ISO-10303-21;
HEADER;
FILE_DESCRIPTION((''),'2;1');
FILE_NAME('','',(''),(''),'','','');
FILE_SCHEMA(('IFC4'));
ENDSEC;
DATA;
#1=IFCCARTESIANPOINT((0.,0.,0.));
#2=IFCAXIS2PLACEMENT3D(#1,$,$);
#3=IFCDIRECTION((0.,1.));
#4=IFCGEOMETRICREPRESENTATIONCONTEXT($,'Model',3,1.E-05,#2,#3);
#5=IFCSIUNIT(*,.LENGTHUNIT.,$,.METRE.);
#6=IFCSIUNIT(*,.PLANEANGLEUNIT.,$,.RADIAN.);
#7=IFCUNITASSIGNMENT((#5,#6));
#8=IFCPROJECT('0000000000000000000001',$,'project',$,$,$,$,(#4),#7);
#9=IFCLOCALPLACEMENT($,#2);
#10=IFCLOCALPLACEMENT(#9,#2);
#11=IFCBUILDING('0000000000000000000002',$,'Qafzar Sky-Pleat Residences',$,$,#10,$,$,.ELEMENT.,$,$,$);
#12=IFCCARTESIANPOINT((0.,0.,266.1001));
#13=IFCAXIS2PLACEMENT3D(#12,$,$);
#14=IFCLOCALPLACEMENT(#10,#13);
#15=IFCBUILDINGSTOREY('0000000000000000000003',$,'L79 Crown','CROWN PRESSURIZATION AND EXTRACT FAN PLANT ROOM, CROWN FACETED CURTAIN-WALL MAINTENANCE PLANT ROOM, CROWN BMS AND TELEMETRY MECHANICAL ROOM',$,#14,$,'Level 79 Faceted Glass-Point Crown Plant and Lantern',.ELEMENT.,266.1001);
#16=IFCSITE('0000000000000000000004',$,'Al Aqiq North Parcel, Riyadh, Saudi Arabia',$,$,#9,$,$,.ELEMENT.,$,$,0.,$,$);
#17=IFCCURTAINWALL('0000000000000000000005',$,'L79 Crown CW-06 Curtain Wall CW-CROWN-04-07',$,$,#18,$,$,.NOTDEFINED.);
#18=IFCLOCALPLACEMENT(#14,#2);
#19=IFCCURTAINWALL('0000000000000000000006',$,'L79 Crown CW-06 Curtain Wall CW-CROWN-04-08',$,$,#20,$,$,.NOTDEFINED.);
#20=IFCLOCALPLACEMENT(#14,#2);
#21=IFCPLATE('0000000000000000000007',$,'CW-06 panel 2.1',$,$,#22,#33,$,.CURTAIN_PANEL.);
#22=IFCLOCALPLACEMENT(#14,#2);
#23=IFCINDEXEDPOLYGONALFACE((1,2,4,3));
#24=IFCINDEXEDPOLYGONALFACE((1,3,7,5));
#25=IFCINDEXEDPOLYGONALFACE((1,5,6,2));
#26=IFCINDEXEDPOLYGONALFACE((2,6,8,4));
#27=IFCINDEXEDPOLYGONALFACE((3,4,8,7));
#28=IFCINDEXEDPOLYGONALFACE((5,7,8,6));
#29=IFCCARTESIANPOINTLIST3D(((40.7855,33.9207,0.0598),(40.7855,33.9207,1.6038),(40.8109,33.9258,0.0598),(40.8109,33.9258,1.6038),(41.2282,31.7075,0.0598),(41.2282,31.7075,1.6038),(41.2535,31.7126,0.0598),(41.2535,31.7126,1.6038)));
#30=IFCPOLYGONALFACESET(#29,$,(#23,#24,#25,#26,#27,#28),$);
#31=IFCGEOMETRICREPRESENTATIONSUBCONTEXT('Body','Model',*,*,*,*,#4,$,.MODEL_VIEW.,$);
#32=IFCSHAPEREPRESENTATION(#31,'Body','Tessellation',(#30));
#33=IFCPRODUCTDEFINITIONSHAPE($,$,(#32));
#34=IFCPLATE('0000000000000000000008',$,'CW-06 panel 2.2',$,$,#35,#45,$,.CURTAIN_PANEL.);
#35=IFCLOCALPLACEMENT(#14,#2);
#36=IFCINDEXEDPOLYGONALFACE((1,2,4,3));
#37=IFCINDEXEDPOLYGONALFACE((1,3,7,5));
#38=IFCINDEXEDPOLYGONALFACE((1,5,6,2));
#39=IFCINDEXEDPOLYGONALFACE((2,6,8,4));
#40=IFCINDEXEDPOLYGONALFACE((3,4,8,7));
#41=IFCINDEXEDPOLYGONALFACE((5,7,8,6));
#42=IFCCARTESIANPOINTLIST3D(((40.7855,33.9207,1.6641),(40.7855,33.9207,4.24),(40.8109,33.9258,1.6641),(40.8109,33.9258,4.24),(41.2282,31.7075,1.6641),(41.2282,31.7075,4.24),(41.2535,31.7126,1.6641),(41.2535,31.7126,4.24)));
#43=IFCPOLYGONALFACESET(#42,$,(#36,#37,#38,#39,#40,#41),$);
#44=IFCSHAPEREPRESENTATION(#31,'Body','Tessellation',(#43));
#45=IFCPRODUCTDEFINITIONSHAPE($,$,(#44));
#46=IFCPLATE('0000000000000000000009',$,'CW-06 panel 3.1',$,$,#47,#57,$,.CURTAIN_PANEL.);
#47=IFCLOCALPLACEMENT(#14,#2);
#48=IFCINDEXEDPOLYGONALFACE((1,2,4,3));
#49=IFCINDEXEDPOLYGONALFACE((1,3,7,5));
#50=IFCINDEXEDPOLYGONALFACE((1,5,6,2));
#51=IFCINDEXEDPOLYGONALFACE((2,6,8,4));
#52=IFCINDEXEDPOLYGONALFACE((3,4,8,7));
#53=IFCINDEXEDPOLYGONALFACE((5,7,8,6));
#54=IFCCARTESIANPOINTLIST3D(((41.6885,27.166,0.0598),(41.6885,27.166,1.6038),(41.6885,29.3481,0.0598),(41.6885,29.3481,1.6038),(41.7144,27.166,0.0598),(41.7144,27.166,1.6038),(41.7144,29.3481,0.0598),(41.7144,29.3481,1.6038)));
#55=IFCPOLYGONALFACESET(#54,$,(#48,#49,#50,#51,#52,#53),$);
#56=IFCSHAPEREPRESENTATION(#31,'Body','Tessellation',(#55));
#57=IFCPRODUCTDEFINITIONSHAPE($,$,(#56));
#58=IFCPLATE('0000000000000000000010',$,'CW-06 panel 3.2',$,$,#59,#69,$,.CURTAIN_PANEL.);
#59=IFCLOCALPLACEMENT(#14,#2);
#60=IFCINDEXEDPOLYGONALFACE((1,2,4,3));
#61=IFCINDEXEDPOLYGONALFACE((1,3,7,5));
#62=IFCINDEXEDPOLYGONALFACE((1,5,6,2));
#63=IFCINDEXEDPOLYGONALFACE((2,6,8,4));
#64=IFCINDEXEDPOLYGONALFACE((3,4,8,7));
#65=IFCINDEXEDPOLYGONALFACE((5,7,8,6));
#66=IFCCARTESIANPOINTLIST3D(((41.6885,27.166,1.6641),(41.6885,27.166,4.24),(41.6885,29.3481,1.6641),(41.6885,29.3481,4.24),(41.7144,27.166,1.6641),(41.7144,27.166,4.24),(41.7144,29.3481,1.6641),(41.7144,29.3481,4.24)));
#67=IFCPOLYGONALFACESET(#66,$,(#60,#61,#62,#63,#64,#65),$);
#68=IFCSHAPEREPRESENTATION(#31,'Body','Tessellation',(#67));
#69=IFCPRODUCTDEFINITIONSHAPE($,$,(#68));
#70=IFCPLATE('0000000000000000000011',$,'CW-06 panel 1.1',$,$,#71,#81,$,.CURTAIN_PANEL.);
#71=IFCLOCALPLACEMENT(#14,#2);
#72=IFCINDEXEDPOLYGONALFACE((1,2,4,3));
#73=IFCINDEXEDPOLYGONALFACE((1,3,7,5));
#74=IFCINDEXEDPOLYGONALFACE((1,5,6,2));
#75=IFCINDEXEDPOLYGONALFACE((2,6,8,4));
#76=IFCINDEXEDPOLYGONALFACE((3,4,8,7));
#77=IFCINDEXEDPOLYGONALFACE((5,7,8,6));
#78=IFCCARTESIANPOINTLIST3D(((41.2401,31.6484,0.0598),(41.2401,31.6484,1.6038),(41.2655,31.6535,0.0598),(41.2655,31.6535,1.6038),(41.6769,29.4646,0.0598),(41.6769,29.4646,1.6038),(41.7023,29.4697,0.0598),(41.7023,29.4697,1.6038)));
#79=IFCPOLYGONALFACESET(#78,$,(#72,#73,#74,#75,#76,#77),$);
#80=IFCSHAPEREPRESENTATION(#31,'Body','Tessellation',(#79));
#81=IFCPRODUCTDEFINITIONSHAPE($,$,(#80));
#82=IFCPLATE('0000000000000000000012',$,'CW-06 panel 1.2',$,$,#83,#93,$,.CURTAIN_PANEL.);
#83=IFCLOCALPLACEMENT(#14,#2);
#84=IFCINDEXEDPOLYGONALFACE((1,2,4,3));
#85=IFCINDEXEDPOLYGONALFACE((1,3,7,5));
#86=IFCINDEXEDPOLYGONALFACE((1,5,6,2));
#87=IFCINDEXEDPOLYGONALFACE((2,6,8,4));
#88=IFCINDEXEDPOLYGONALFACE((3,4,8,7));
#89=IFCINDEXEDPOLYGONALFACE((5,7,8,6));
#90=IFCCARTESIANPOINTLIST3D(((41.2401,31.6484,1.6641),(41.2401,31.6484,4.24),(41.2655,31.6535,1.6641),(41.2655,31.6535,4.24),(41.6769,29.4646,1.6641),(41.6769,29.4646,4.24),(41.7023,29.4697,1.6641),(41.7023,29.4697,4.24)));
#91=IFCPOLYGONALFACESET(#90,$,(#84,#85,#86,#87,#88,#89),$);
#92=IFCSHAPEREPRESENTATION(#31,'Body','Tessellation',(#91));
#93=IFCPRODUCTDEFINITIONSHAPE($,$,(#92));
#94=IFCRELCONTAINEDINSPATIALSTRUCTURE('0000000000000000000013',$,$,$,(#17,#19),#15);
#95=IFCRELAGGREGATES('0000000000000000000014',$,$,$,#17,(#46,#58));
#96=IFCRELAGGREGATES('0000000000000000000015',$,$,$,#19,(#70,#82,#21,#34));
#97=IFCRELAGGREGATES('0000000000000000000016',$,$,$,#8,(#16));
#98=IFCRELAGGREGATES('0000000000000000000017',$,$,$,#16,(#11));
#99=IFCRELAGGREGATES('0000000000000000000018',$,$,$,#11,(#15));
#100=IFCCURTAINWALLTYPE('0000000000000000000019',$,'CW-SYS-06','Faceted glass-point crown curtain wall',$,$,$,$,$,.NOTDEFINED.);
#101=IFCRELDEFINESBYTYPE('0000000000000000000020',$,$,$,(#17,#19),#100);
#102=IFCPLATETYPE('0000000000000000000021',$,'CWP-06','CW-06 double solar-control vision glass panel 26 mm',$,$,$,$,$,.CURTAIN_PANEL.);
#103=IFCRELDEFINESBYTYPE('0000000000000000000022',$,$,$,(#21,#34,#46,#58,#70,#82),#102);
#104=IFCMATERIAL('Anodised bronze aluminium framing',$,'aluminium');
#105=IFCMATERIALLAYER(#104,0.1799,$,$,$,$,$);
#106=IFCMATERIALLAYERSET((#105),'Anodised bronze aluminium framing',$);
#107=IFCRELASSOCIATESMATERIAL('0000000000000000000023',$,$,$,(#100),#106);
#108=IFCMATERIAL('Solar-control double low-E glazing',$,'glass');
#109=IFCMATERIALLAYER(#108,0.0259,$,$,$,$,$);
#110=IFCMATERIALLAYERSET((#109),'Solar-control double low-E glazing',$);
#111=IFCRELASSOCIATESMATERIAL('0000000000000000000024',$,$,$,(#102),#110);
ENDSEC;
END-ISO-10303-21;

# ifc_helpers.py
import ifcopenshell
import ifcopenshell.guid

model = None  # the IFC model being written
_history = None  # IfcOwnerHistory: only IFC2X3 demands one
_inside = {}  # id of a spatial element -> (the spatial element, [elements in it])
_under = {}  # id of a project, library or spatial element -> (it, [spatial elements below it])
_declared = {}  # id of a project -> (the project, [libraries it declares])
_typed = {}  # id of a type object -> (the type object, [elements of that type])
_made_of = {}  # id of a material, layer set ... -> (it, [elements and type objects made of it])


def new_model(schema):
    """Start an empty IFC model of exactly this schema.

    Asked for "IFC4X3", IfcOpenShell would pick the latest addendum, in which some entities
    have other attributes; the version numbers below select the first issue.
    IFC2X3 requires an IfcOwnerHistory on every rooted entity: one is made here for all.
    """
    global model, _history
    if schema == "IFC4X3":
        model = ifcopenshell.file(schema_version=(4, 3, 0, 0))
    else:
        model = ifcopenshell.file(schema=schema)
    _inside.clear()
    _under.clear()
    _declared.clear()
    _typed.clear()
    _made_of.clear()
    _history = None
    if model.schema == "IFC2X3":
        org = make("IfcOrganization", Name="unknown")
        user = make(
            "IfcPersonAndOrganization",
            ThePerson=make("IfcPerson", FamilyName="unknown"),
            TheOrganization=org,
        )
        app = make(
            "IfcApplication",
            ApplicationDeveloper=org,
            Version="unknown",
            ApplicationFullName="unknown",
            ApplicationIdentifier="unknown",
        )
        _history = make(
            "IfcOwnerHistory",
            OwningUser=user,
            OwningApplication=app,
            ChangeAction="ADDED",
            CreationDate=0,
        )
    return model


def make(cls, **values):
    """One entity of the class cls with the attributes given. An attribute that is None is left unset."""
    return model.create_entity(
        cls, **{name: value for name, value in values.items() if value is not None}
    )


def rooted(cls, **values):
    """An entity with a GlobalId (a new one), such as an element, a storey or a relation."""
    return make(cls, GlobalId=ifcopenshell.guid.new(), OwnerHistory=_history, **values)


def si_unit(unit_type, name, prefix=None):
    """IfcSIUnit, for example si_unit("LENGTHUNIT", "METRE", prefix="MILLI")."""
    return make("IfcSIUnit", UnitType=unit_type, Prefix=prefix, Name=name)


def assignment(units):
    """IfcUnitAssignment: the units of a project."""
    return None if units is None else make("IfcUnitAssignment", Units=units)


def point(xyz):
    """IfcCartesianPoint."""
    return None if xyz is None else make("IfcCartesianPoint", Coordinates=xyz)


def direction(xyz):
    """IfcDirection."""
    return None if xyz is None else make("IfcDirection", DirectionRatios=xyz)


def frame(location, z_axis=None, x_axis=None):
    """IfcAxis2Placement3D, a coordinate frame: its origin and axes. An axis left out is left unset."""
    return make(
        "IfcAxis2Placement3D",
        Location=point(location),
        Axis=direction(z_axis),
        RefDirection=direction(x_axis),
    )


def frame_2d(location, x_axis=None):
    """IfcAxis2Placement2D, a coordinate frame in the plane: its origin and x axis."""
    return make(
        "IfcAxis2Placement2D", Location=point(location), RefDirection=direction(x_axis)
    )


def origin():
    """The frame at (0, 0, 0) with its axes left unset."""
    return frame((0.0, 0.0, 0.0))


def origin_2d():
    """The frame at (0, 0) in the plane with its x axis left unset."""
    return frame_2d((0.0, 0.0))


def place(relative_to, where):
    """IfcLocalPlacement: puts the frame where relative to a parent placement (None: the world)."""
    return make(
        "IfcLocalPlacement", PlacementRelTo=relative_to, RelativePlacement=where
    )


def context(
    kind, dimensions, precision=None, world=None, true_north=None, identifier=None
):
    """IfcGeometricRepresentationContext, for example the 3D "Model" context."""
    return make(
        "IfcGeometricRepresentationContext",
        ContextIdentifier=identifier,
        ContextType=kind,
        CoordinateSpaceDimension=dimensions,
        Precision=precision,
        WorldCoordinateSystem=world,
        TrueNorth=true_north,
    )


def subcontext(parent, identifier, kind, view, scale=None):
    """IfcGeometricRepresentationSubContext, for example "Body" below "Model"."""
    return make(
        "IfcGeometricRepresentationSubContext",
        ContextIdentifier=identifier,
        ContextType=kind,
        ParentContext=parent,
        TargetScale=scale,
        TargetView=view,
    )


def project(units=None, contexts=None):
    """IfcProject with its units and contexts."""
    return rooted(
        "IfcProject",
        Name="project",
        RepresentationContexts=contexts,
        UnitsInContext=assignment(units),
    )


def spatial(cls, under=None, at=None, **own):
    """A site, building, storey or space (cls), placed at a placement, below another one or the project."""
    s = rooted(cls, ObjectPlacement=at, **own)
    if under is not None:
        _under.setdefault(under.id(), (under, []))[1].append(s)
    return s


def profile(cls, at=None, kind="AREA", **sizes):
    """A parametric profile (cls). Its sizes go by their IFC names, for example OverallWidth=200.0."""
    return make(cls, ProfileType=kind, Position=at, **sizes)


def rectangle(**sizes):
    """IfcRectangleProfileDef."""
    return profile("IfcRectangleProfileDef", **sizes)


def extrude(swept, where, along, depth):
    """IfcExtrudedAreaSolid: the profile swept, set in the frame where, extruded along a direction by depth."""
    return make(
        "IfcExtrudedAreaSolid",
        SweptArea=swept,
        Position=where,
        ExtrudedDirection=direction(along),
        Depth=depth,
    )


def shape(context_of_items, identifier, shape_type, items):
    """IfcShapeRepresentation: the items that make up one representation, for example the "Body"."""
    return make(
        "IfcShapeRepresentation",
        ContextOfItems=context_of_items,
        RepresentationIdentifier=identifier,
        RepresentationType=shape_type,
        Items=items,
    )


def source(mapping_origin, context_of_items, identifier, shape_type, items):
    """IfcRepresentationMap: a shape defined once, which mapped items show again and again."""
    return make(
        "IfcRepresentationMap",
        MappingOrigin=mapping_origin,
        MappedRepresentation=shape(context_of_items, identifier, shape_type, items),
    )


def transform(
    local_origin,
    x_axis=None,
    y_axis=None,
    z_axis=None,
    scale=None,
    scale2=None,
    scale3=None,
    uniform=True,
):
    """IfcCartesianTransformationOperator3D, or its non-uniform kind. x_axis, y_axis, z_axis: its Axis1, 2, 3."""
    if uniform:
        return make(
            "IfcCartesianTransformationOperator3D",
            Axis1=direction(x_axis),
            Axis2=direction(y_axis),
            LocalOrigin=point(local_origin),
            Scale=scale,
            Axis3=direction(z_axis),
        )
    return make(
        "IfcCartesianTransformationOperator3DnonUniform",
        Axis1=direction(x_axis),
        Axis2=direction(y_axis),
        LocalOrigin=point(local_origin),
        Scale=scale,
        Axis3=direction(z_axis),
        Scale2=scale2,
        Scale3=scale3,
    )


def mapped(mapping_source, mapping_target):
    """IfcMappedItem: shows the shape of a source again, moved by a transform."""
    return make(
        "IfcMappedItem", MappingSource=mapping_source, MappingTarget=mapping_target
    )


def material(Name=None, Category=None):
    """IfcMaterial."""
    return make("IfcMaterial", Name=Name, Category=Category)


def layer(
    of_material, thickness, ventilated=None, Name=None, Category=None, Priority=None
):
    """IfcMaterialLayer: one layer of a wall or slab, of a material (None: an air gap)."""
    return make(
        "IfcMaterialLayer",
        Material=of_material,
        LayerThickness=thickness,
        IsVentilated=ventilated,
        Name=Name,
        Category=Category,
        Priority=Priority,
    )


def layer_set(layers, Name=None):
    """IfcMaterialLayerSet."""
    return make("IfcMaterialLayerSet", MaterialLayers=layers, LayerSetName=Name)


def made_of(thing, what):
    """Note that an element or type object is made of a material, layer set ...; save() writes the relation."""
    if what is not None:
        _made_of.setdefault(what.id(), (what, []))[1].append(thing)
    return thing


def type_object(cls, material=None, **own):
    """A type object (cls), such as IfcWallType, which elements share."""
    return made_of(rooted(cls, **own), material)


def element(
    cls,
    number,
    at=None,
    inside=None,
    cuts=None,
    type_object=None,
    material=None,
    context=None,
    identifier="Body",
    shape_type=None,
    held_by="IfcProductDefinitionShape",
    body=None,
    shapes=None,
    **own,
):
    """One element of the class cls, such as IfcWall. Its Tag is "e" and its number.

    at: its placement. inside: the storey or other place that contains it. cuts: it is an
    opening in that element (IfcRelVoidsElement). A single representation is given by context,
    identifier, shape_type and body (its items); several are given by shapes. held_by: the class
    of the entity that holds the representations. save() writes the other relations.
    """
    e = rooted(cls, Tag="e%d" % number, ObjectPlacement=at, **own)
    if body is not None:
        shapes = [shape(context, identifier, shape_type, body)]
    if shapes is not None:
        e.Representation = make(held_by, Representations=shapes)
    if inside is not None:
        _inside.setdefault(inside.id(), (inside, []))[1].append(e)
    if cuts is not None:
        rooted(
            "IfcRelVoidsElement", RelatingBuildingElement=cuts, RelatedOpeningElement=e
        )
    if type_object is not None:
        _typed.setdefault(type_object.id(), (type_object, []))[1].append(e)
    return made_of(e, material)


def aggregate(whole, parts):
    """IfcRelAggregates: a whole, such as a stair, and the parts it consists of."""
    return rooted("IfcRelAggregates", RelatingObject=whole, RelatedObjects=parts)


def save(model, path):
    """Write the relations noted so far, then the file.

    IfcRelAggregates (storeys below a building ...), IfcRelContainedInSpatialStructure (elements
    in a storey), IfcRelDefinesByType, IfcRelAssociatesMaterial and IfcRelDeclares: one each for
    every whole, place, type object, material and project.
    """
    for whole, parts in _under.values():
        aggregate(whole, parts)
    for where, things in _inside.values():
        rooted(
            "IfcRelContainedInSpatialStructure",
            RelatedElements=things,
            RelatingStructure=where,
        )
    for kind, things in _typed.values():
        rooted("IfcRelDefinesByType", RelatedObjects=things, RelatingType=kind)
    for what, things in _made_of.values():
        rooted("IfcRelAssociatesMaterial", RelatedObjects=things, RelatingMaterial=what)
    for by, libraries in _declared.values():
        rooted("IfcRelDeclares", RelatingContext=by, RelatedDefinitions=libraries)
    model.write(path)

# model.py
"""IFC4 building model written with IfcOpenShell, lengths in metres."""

from ifc_helpers import new_model, si_unit, direction, frame, origin, origin_2d, place, context, subcontext, project, spatial, rectangle, extrude, source, transform, mapped, material, layer, layer_set, type_object, element, aggregate, save


model = new_model("IFC4")

# Units and contexts
model_context = context("Model", 3, precision=1e-05, world=origin(), true_north=direction((0.0, 1.0)))
body_context = subcontext(model_context, "Body", "Model", "MODEL_VIEW")
ifc_project = project(units=[si_unit("LENGTHUNIT", "METRE"), si_unit("PLANEANGLEUNIT", "RADIAN")], contexts=[model_context])

# Site, building, storey
site_placement = place(None, origin())
site = spatial("IfcSite", under=ifc_project, at=site_placement, Name="Al Aqiq North Parcel, Riyadh, Saudi Arabia", CompositionType="ELEMENT", RefElevation=0.0)
building_placement = place(site_placement, origin())
building = spatial("IfcBuilding", under=site, at=building_placement, Name="Qafzar Sky-Pleat Residences", CompositionType="ELEMENT")
storey_placement = place(building_placement, frame((0.0, 0.0, 266.1001)))
storey = spatial("IfcBuildingStorey", under=building, at=storey_placement, Name="L79 Crown", Description="CROWN PRESSURIZATION AND EXTRACT FAN PLANT ROOM, CROWN FACETED CURTAIN-WALL MAINTENANCE PLANT ROOM, CROWN BMS AND TELEMETRY MECHANICAL ROOM", LongName="Level 79 Faceted Glass-Point Crown Plant and Lantern", CompositionType="ELEMENT", Elevation=266.1001)

# Curtain walls
ifc_material_1 = material(Name="Anodised bronze aluminium framing", Category="aluminium")
ifc_layer_1 = layer(ifc_material_1, 0.1799)
ifc_layer_set_1 = layer_set([ifc_layer_1], Name="Anodised bronze aluminium framing")
curtain_wall_type = type_object("IfcCurtainWallType", Name="CW-SYS-06", Description="Faceted glass-point crown curtain wall", PredefinedType="NOTDEFINED", material=ifc_layer_set_1)
curtain_wall_1_placement = place(storey_placement, origin())
curtain_wall_1 = element("IfcCurtainWall", 1, at=curtain_wall_1_placement, inside=storey, type_object=curtain_wall_type, Name="L79 Crown CW-06 Curtain Wall CW-CROWN-04-07", PredefinedType="NOTDEFINED")
curtain_wall_2_placement = place(storey_placement, origin())
curtain_wall_2 = element("IfcCurtainWall", 2, at=curtain_wall_2_placement, inside=storey, type_object=curtain_wall_type, Name="L79 Crown CW-06 Curtain Wall CW-CROWN-04-08", PredefinedType="NOTDEFINED")

# Plates
ifc_material_2 = material(Name="Solar-control double low-E glazing", Category="glass")
ifc_layer_2 = layer(ifc_material_2, 0.0259)
ifc_layer_set_2 = layer_set([ifc_layer_2], Name="Solar-control double low-E glazing")
plate_type = type_object("IfcPlateType", Name="CWP-06", Description="CW-06 double solar-control vision glass panel 26 mm", PredefinedType="CURTAIN_PANEL", material=ifc_layer_set_2)
shared_shape_1 = source(origin(), body_context, "Body", "SweptSolid", [
    extrude(rectangle(XDim=2.2571, YDim=0.0259, at=origin_2d()), origin(), (0.0, 0.0, 1.0), 1.5439),
])
plate_1_placement = place(storey_placement, frame((41.0195, 32.8167, 0.0598), z_axis=(0.0, 0.0, 1.0), x_axis=(-0.196116, 0.980581, 0.0)))
plate_1 = element("IfcPlate", 3, at=plate_1_placement, type_object=plate_type, Name="CW-06 panel 2.1", PredefinedType="CURTAIN_PANEL", context=body_context, shape_type="MappedRepresentation", body=[
    mapped(shared_shape_1, transform((0.0, 0.0, 0.0), x_axis=(1.0, 0.0, 0.0), y_axis=(0.0, 1.0, 0.0), z_axis=(0.0, 0.0, 1.0), scale=1.0)),
])
shared_shape_2 = source(origin(), body_context, "Body", "SweptSolid", [
    extrude(rectangle(XDim=2.2571, YDim=0.0259, at=origin_2d()), origin(), (0.0, 0.0, 1.0), 2.5759),
])
plate_2_placement = place(storey_placement, frame((41.0195, 32.8167, 1.6641), z_axis=(0.0, 0.0, 1.0), x_axis=(-0.196116, 0.980581, 0.0)))
plate_2 = element("IfcPlate", 4, at=plate_2_placement, type_object=plate_type, Name="CW-06 panel 2.2", PredefinedType="CURTAIN_PANEL", context=body_context, shape_type="MappedRepresentation", body=[
    mapped(shared_shape_2, transform((0.0, 0.0, 0.0), x_axis=(1.0, 0.0, 0.0), y_axis=(0.0, 1.0, 0.0), z_axis=(0.0, 0.0, 1.0), scale=1.0)),
])
shared_shape_3 = source(origin(), body_context, "Body", "SweptSolid", [
    extrude(rectangle(XDim=2.1821, YDim=0.0259, at=origin_2d()), origin(), (0.0, 0.0, 1.0), 1.5439),
])
plate_3_placement = place(storey_placement, frame((41.7014, 28.2571, 0.0598), z_axis=(0.0, 0.0, 1.0), x_axis=(0.0, 1.0, 0.0)))
plate_3 = element("IfcPlate", 5, at=plate_3_placement, type_object=plate_type, Name="CW-06 panel 3.1", PredefinedType="CURTAIN_PANEL", context=body_context, shape_type="MappedRepresentation", body=[
    mapped(shared_shape_3, transform((0.0, 0.0, 0.0), x_axis=(1.0, 0.0, 0.0), y_axis=(0.0, 1.0, 0.0), z_axis=(0.0, 0.0, 1.0), scale=1.0)),
])
shared_shape_4 = source(origin(), body_context, "Body", "SweptSolid", [
    extrude(rectangle(XDim=2.1821, YDim=0.0259, at=origin_2d()), origin(), (0.0, 0.0, 1.0), 2.5759),
])
plate_4_placement = place(storey_placement, frame((41.7014, 28.2571, 1.6641), z_axis=(0.0, 0.0, 1.0), x_axis=(0.0, 1.0, 0.0)))
plate_4 = element("IfcPlate", 6, at=plate_4_placement, type_object=plate_type, Name="CW-06 panel 3.2", PredefinedType="CURTAIN_PANEL", context=body_context, shape_type="MappedRepresentation", body=[
    mapped(shared_shape_4, transform((0.0, 0.0, 0.0), x_axis=(1.0, 0.0, 0.0), y_axis=(0.0, 1.0, 0.0), z_axis=(0.0, 0.0, 1.0), scale=1.0)),
])
aggregate(curtain_wall_1, [plate_3, plate_4])
shared_shape_5 = source(origin(), body_context, "Body", "SweptSolid", [
    extrude(rectangle(XDim=2.2271, YDim=0.0259, at=origin_2d()), origin(), (0.0, 0.0, 1.0), 1.5439),
])
plate_5_placement = place(storey_placement, frame((41.4712, 30.5591, 0.0598), z_axis=(0.0, 0.0, 1.0), x_axis=(-0.196116, 0.980581, 0.0)))
plate_5 = element("IfcPlate", 7, at=plate_5_placement, type_object=plate_type, Name="CW-06 panel 1.1", PredefinedType="CURTAIN_PANEL", context=body_context, shape_type="MappedRepresentation", body=[
    mapped(shared_shape_5, transform((0.0, 0.0, 0.0), x_axis=(1.0, 0.0, 0.0), y_axis=(0.0, 1.0, 0.0), z_axis=(0.0, 0.0, 1.0), scale=1.0)),
])
shared_shape_6 = source(origin(), body_context, "Body", "SweptSolid", [
    extrude(rectangle(XDim=2.2271, YDim=0.0259, at=origin_2d()), origin(), (0.0, 0.0, 1.0), 2.5759),
])
plate_6_placement = place(storey_placement, frame((41.4712, 30.5591, 1.6641), z_axis=(0.0, 0.0, 1.0), x_axis=(-0.196116, 0.980581, 0.0)))
plate_6 = element("IfcPlate", 8, at=plate_6_placement, type_object=plate_type, Name="CW-06 panel 1.2", PredefinedType="CURTAIN_PANEL", context=body_context, shape_type="MappedRepresentation", body=[
    mapped(shared_shape_6, transform((0.0, 0.0, 0.0), x_axis=(1.0, 0.0, 0.0), y_axis=(0.0, 1.0, 0.0), z_axis=(0.0, 0.0, 1.0), scale=1.0)),
])
aggregate(curtain_wall_2, [plate_5, plate_6, plate_1, plate_2])

save(model, "model.ifc")
